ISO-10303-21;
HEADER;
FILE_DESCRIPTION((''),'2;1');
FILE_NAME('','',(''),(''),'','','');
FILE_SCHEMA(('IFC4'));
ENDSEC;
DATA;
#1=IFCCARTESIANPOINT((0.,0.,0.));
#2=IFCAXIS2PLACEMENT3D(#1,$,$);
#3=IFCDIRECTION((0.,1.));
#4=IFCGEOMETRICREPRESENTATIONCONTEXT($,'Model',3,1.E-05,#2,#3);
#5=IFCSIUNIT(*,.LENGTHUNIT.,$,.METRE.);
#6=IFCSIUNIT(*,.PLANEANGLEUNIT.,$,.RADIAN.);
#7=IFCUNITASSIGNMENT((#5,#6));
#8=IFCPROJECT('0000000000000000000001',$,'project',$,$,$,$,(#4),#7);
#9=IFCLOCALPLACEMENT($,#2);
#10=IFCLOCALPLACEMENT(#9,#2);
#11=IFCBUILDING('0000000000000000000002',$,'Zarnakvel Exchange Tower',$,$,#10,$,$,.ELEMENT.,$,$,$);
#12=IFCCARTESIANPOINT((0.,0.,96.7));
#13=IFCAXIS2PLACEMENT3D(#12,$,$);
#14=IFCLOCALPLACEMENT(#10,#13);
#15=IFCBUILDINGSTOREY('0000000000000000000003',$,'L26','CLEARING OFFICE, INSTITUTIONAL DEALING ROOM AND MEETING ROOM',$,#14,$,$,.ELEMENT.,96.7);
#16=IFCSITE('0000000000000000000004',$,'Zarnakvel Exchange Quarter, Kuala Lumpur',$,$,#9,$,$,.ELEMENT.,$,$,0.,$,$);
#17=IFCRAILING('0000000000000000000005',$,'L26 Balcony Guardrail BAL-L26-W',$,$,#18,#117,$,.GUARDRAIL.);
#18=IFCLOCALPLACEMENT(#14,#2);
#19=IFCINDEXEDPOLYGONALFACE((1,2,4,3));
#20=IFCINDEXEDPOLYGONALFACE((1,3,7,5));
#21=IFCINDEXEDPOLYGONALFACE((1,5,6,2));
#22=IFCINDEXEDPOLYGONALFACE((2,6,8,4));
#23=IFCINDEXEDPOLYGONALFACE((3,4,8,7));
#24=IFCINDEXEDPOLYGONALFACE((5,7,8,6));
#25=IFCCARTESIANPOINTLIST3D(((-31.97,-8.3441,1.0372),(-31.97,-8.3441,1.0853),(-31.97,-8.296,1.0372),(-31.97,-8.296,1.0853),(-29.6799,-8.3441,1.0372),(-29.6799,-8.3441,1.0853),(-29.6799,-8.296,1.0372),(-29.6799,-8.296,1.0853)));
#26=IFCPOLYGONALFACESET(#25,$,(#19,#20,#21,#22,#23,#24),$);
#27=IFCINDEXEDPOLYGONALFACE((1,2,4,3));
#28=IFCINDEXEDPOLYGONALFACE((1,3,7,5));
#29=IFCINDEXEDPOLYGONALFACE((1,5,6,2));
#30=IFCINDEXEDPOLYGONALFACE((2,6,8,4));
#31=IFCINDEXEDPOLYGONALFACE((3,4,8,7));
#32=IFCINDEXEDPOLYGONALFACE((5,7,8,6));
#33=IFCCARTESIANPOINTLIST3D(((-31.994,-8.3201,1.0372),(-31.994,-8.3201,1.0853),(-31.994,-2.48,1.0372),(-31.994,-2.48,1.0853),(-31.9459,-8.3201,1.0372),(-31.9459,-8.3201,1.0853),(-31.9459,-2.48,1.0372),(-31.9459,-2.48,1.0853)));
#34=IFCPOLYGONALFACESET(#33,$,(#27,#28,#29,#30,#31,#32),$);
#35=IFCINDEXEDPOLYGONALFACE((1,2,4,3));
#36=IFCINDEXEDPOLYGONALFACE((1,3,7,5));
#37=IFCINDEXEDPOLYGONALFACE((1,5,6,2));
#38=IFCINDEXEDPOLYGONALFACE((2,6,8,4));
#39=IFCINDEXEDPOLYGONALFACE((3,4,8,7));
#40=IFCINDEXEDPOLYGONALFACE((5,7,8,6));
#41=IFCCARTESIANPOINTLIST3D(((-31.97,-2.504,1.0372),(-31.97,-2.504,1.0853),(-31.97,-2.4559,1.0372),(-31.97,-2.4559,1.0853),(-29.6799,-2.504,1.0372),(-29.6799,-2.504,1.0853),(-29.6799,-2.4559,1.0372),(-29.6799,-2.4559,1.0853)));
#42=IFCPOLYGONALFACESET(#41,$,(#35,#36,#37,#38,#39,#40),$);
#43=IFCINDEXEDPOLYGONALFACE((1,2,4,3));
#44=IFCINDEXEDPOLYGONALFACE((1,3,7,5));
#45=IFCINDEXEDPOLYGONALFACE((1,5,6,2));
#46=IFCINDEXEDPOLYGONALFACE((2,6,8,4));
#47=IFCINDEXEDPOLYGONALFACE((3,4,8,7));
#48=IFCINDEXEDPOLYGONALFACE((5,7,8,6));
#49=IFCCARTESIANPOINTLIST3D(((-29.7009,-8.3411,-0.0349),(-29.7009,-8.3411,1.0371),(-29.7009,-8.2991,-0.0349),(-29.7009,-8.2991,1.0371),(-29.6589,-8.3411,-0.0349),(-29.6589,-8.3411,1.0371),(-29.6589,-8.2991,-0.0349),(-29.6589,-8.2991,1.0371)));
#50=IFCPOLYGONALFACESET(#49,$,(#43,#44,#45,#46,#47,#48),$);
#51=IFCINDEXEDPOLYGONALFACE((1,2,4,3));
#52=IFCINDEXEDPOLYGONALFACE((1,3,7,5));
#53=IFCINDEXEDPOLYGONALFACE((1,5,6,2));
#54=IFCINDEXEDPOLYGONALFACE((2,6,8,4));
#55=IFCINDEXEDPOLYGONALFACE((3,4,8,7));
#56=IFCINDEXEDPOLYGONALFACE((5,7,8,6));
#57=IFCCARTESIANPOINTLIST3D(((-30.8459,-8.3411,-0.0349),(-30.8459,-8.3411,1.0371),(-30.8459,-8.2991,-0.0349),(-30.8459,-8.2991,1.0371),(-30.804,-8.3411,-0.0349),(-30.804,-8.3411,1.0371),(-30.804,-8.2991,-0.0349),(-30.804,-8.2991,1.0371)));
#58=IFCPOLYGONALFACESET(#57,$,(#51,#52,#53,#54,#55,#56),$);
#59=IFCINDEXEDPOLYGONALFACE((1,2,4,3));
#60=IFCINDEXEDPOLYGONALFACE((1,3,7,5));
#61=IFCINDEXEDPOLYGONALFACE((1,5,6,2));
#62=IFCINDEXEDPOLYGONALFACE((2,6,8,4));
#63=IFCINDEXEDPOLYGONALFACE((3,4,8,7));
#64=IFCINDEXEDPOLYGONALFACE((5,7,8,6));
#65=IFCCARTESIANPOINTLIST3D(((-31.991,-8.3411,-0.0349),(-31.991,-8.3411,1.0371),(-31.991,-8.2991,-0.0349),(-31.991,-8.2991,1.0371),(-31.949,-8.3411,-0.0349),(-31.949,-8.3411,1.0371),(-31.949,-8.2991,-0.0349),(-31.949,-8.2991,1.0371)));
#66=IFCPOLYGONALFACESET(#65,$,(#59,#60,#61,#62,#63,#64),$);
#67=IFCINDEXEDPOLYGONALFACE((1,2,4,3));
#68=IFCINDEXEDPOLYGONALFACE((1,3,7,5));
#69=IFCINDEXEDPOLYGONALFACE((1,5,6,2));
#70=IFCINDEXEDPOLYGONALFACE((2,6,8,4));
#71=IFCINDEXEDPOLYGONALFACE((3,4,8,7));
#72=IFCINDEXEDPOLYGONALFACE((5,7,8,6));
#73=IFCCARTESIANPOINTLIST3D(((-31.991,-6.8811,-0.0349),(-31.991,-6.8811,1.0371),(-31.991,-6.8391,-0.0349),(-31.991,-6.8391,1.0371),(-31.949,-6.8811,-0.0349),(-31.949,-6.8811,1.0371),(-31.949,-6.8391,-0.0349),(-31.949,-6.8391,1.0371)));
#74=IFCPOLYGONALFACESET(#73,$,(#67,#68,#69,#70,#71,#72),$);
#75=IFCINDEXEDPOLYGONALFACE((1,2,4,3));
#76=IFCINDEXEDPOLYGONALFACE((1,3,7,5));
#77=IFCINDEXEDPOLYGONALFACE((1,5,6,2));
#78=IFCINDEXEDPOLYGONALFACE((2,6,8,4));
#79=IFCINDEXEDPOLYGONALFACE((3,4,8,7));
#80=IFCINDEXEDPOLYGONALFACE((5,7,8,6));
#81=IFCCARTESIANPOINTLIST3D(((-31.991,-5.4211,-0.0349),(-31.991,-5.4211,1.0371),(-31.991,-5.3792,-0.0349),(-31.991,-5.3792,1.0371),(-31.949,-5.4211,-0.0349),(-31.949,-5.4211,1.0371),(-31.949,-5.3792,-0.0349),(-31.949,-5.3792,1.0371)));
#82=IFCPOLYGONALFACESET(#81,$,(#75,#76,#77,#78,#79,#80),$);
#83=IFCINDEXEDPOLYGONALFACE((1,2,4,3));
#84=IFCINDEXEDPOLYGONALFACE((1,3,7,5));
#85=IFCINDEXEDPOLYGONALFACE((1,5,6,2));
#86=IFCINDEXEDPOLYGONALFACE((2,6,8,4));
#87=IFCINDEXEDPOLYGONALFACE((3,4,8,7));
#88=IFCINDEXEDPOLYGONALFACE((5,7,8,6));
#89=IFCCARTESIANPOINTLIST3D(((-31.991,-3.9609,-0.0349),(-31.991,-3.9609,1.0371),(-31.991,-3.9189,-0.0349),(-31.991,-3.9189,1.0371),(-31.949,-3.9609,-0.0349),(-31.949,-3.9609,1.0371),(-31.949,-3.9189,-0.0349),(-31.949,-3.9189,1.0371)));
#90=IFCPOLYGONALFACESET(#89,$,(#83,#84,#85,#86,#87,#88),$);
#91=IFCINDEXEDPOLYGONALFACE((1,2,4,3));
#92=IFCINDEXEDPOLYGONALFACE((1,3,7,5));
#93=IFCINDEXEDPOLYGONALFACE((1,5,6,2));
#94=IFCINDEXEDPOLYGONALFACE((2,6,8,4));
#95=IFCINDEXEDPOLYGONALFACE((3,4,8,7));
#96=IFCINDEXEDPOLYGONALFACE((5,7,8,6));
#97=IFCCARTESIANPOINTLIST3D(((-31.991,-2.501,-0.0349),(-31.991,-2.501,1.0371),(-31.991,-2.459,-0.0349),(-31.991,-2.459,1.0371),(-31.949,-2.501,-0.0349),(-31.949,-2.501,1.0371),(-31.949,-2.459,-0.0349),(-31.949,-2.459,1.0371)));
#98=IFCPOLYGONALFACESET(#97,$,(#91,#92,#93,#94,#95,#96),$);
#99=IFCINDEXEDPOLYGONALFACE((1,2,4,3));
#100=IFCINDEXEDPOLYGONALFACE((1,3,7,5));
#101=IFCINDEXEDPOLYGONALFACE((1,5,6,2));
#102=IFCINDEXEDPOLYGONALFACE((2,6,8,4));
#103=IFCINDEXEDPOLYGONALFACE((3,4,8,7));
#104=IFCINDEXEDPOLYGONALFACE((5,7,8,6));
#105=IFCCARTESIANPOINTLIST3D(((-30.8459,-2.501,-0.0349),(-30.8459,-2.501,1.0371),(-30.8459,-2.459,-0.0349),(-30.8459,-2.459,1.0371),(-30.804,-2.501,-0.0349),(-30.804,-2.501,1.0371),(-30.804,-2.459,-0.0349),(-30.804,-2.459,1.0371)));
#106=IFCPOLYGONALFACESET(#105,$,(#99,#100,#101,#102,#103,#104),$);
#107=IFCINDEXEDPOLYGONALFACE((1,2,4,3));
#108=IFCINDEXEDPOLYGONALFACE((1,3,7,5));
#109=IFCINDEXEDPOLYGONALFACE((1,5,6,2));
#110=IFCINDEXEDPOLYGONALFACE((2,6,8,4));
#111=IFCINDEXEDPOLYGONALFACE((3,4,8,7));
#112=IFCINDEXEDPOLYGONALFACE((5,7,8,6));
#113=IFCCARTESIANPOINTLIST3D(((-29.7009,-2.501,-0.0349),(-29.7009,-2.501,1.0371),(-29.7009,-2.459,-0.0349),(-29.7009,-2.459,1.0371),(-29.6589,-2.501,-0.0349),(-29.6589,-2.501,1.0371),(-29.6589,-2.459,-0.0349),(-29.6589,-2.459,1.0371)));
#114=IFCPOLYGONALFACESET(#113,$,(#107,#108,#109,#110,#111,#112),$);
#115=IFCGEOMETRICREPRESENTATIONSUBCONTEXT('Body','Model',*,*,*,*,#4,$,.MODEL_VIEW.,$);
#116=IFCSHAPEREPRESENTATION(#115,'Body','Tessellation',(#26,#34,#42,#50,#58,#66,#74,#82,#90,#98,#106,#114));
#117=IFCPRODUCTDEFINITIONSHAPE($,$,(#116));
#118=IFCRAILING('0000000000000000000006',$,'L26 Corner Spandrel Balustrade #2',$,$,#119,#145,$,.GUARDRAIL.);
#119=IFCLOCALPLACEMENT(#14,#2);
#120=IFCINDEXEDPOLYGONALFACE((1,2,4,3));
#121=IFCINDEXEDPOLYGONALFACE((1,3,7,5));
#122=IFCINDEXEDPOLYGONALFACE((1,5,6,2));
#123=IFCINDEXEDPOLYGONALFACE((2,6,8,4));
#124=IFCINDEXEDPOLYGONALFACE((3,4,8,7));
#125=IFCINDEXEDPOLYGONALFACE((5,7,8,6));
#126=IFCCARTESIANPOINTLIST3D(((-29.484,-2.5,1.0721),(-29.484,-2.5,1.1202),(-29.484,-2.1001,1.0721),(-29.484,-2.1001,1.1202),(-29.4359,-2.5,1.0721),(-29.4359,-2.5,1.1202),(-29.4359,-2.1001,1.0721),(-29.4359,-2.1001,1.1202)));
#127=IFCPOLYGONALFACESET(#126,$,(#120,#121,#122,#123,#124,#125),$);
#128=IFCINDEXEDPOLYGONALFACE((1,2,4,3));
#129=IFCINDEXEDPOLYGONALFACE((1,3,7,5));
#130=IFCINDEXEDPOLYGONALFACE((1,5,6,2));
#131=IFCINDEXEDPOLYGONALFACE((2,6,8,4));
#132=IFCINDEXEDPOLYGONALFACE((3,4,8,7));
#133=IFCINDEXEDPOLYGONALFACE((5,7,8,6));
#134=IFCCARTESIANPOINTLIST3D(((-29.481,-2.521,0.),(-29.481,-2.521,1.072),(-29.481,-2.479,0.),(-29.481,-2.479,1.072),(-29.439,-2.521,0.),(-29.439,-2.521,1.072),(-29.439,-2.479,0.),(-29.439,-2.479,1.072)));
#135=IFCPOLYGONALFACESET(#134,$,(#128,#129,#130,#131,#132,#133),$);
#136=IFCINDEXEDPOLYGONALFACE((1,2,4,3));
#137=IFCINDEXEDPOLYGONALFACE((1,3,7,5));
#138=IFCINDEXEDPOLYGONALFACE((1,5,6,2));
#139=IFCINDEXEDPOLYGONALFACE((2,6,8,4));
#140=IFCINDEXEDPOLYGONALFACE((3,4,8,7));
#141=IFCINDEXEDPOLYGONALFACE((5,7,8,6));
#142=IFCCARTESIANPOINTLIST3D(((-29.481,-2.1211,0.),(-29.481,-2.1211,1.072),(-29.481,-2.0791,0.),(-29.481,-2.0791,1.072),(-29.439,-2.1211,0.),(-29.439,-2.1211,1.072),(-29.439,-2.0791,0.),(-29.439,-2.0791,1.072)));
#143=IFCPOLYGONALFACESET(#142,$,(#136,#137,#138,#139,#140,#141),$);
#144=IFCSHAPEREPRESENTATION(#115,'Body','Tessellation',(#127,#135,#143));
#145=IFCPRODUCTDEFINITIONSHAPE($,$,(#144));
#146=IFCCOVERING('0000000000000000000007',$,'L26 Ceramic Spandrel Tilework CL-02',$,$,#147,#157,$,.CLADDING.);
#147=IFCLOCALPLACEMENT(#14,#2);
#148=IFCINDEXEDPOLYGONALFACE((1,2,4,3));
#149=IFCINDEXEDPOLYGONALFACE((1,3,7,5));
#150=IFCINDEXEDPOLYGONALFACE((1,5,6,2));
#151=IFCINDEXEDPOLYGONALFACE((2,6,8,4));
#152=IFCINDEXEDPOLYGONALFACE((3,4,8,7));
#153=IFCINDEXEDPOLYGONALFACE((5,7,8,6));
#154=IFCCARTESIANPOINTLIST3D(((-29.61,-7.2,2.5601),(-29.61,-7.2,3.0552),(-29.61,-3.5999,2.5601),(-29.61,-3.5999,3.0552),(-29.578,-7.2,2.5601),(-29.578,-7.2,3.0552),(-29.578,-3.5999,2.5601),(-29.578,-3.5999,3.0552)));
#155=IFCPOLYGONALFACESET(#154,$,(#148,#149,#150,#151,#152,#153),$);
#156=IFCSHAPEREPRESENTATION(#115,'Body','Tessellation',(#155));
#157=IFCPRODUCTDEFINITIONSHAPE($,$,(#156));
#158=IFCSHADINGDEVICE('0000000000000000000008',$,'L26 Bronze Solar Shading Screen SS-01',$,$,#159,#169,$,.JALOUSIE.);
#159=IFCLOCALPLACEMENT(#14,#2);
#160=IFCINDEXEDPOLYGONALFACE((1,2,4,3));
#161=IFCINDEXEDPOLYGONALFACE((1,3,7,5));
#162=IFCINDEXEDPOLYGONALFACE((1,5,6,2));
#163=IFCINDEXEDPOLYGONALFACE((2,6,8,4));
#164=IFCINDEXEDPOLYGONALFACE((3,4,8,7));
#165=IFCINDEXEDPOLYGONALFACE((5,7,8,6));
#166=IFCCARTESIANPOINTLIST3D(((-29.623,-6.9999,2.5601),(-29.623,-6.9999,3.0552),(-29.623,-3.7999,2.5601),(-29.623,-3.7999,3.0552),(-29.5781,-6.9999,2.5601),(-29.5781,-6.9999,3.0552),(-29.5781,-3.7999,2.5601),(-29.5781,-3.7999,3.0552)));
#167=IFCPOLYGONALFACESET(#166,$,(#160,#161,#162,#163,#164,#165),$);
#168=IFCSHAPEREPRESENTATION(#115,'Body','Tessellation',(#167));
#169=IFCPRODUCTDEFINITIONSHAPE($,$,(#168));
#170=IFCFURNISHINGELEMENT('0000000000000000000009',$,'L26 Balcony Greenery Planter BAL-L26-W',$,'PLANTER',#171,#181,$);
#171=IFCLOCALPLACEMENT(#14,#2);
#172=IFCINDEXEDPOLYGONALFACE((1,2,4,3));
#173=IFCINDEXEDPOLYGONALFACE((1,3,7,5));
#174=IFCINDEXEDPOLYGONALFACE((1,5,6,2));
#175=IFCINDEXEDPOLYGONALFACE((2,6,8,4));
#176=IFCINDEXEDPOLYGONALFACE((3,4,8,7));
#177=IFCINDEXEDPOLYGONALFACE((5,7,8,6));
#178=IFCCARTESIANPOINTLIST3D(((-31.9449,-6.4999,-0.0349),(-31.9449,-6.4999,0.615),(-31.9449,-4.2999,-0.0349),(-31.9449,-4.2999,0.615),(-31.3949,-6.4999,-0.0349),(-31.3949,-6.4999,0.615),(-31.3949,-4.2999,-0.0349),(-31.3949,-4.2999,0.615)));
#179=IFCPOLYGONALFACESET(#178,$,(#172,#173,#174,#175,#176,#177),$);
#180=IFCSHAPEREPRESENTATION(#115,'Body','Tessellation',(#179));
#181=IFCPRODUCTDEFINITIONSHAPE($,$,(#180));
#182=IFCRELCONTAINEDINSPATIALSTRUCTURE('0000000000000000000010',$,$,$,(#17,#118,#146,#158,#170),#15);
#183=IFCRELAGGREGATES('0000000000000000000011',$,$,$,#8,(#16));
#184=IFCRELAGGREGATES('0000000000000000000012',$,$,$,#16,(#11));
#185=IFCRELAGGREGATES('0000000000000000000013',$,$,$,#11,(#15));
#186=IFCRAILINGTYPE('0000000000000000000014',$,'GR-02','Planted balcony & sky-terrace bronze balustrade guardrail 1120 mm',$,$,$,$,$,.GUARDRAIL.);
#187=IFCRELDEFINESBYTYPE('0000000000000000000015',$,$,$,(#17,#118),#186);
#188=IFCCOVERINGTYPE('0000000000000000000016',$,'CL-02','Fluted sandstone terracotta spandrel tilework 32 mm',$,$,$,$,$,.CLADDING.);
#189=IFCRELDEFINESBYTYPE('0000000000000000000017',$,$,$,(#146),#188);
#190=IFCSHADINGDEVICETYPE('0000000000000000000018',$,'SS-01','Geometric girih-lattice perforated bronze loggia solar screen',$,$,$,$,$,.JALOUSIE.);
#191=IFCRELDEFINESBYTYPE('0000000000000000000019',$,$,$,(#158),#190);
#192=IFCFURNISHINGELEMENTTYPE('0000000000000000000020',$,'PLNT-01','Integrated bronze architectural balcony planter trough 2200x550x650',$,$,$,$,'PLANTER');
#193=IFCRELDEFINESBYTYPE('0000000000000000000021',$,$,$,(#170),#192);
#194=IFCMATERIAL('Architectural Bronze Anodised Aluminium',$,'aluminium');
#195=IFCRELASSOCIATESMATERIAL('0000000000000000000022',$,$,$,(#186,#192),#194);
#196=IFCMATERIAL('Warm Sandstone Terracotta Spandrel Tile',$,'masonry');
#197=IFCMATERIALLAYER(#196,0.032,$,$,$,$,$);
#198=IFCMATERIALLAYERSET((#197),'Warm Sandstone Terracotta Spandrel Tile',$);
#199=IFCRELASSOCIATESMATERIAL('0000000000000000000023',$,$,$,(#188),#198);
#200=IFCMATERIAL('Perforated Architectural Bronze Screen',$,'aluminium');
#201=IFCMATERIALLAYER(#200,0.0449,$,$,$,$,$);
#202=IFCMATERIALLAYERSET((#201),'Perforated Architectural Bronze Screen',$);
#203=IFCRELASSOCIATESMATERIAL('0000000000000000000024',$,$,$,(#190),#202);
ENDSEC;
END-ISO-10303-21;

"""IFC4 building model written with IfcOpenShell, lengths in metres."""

from ifc_helpers import new_model, si_unit, direction, frame, origin, origin_2d, place, context, subcontext, project, spatial, rectangle, extrude, source, transform, mapped, material, layer, layer_set, type_object, element, save


model = new_model("IFC4")

# Units and contexts
model_context = context("Model", 3, precision=1e-05, world=origin(), true_north=direction((0.0, 1.0)))
body_context = subcontext(model_context, "Body", "Model", "MODEL_VIEW")
ifc_project = project(units=[si_unit("LENGTHUNIT", "METRE"), si_unit("PLANEANGLEUNIT", "RADIAN")], contexts=[model_context])

# Site, building, storey
site_placement = place(None, origin())
site = spatial("IfcSite", under=ifc_project, at=site_placement, Name="Zarnakvel Exchange Quarter, Kuala Lumpur", CompositionType="ELEMENT", RefElevation=0.0)
building_placement = place(site_placement, origin())
building = spatial("IfcBuilding", under=site, at=building_placement, Name="Zarnakvel Exchange Tower", CompositionType="ELEMENT")
storey_placement = place(building_placement, frame((0.0, 0.0, 96.7)))
storey = spatial("IfcBuildingStorey", under=building, at=storey_placement, Name="L26", Description="CLEARING OFFICE, INSTITUTIONAL DEALING ROOM AND MEETING ROOM", CompositionType="ELEMENT", Elevation=96.7)

# Shared definitions
ifc_material_1 = material(Name="Architectural Bronze Anodised Aluminium", Category="aluminium")

# Railings
railing_type = type_object("IfcRailingType", Name="GR-02", Description="Planted balcony & sky-terrace bronze balustrade guardrail 1120 mm", PredefinedType="GUARDRAIL", material=ifc_material_1)
railing_1_placement = place(storey_placement, frame((-29.6799, -8.3201, -0.0349)))
element("IfcRailing", 1, at=railing_1_placement, inside=storey, type_object=railing_type, Name="L26 Balcony Guardrail BAL-L26-W", PredefinedType="GUARDRAIL", context=body_context, shape_type="SweptSolid", body=[
    extrude(rectangle(XDim=0.0481, YDim=0.0481, at=origin_2d()), frame((0.0, 0.0, 1.0962), z_axis=(-1.0, 0.0, 0.0), x_axis=(0.0, -1.0, 0.0)), (0.0, 0.0, 1.0), 2.29),
    extrude(rectangle(XDim=0.0481, YDim=0.0481, at=origin_2d()), frame((-2.29, 0.0, 1.0962), z_axis=(0.0, 1.0, 0.0), x_axis=(-1.0, 0.0, 0.0)), (0.0, 0.0, 1.0), 5.8401),
    extrude(rectangle(XDim=0.0481, YDim=0.0481, at=origin_2d()), frame((-2.29, 5.8401, 1.0962), z_axis=(1.0, 0.0, 0.0), x_axis=(0.0, 1.0, 0.0)), (0.0, 0.0, 1.0), 2.29),
    extrude(rectangle(XDim=0.042, YDim=0.042, at=origin_2d()), origin(), (0.0, 0.0, 1.0), 1.072),
    extrude(rectangle(XDim=0.042, YDim=0.042, at=origin_2d()), frame((-1.145, 0.0, 0.0)), (0.0, 0.0, 1.0), 1.072),
    extrude(rectangle(XDim=0.042, YDim=0.042, at=origin_2d()), frame((-2.29, 0.0, 0.0)), (0.0, 0.0, 1.0), 1.072),
    extrude(rectangle(XDim=0.042, YDim=0.042, at=origin_2d()), frame((-2.29, 1.46, 0.0)), (0.0, 0.0, 1.0), 1.072),
    extrude(rectangle(XDim=0.042, YDim=0.042, at=origin_2d()), frame((-2.29, 2.9199, 0.0)), (0.0, 0.0, 1.0), 1.072),
    extrude(rectangle(XDim=0.042, YDim=0.042, at=origin_2d()), frame((-2.29, 4.3801, 0.0)), (0.0, 0.0, 1.0), 1.072),
    extrude(rectangle(XDim=0.042, YDim=0.042, at=origin_2d()), frame((-2.29, 5.8401, 0.0)), (0.0, 0.0, 1.0), 1.072),
    extrude(rectangle(XDim=0.042, YDim=0.042, at=origin_2d()), frame((-1.145, 5.8401, 0.0)), (0.0, 0.0, 1.0), 1.072),
    extrude(rectangle(XDim=0.042, YDim=0.042, at=origin_2d()), frame((0.0, 5.8401, 0.0)), (0.0, 0.0, 1.0), 1.072),
])
railing_2_placement = place(storey_placement, frame((-29.46, -2.5, 0.0)))
element("IfcRailing", 2, at=railing_2_placement, inside=storey, type_object=railing_type, Name="L26 Corner Spandrel Balustrade #2", PredefinedType="GUARDRAIL", context=body_context, shape_type="SweptSolid", body=[
    extrude(rectangle(XDim=0.0481, YDim=0.0481, at=origin_2d()), frame((0.0, 0.0, 1.0962), z_axis=(0.0, 1.0, 0.0), x_axis=(-1.0, 0.0, 0.0)), (0.0, 0.0, 1.0), 0.3999),
    extrude(rectangle(XDim=0.042, YDim=0.042, at=origin_2d()), origin(), (0.0, 0.0, 1.0), 1.072),
    extrude(rectangle(XDim=0.042, YDim=0.042, at=origin_2d()), frame((0.0, 0.3999, 0.0)), (0.0, 0.0, 1.0), 1.072),
])

# Covering
ifc_material_2 = material(Name="Warm Sandstone Terracotta Spandrel Tile", Category="masonry")
ifc_layer_1 = layer(ifc_material_2, 0.032)
ifc_layer_set_1 = layer_set([ifc_layer_1], Name="Warm Sandstone Terracotta Spandrel Tile")
covering_type = type_object("IfcCoveringType", Name="CL-02", Description="Fluted sandstone terracotta spandrel tilework 32 mm", PredefinedType="CLADDING", material=ifc_layer_set_1)
shared_shape_1 = source(origin(), body_context, "Body", "SweptSolid", [
    extrude(rectangle(XDim=3.6001, YDim=0.032, at=origin_2d()), origin(), (0.0, 0.0, 1.0), 0.4951),
])
covering_placement = place(storey_placement, frame((-29.594, -5.3999, 2.5601), z_axis=(0.0, 0.0, 1.0), x_axis=(0.0, 1.0, 0.0)))
element("IfcCovering", 3, at=covering_placement, inside=storey, type_object=covering_type, Name="L26 Ceramic Spandrel Tilework CL-02", PredefinedType="CLADDING", context=body_context, shape_type="MappedRepresentation", body=[
    mapped(shared_shape_1, transform((0.0, 0.0, 0.0), x_axis=(1.0, 0.0, 0.0), y_axis=(0.0, 1.0, 0.0), z_axis=(0.0, 0.0, 1.0), scale=1.0)),
])

# Shading device
ifc_material_3 = material(Name="Perforated Architectural Bronze Screen", Category="aluminium")
ifc_layer_2 = layer(ifc_material_3, 0.0449)
ifc_layer_set_2 = layer_set([ifc_layer_2], Name="Perforated Architectural Bronze Screen")
shading_device_type = type_object("IfcShadingDeviceType", Name="SS-01", Description="Geometric girih-lattice perforated bronze loggia solar screen", PredefinedType="JALOUSIE", material=ifc_layer_set_2)
shared_shape_2 = source(origin(), body_context, "Body", "SweptSolid", [
    extrude(rectangle(XDim=3.2, YDim=0.0449, at=origin_2d()), origin(), (0.0, 0.0, 1.0), 0.4951),
])
shading_device_placement = place(storey_placement, frame((-29.6006, -5.3999, 2.5601), z_axis=(0.0, 0.0, 1.0), x_axis=(0.0, 1.0, 0.0)))
element("IfcShadingDevice", 4, at=shading_device_placement, inside=storey, type_object=shading_device_type, Name="L26 Bronze Solar Shading Screen SS-01", PredefinedType="JALOUSIE", context=body_context, shape_type="MappedRepresentation", body=[
    mapped(shared_shape_2, transform((0.0, 0.0, 0.0), x_axis=(1.0, 0.0, 0.0), y_axis=(0.0, 1.0, 0.0), z_axis=(0.0, 0.0, 1.0), scale=1.0)),
])

# Furnishing element
furnishing_element_type = type_object("IfcFurnishingElementType", Name="PLNT-01", Description="Integrated bronze architectural balcony planter trough 2200x550x650", ElementType="PLANTER", material=ifc_material_1)
shared_shape_3 = source(origin(), body_context, "Body", "SweptSolid", [
    extrude(rectangle(XDim=2.2, YDim=0.55, at=origin_2d()), origin(), (0.0, 0.0, 1.0), 0.6499),
])
furnishing_placement = place(storey_placement, frame((-31.6699, -5.3999, -0.0349), z_axis=(0.0, 0.0, 1.0), x_axis=(0.0, 1.0, 0.0)))
element("IfcFurnishingElement", 5, at=furnishing_placement, inside=storey, type_object=furnishing_element_type, Name="L26 Balcony Greenery Planter BAL-L26-W", ObjectType="PLANTER", context=body_context, shape_type="MappedRepresentation", body=[
    mapped(shared_shape_3, transform((0.0, 0.0, 0.0), x_axis=(1.0, 0.0, 0.0), y_axis=(0.0, 1.0, 0.0), z_axis=(0.0, 0.0, 1.0), scale=1.0)),
])

save(model, "model.ifc")
